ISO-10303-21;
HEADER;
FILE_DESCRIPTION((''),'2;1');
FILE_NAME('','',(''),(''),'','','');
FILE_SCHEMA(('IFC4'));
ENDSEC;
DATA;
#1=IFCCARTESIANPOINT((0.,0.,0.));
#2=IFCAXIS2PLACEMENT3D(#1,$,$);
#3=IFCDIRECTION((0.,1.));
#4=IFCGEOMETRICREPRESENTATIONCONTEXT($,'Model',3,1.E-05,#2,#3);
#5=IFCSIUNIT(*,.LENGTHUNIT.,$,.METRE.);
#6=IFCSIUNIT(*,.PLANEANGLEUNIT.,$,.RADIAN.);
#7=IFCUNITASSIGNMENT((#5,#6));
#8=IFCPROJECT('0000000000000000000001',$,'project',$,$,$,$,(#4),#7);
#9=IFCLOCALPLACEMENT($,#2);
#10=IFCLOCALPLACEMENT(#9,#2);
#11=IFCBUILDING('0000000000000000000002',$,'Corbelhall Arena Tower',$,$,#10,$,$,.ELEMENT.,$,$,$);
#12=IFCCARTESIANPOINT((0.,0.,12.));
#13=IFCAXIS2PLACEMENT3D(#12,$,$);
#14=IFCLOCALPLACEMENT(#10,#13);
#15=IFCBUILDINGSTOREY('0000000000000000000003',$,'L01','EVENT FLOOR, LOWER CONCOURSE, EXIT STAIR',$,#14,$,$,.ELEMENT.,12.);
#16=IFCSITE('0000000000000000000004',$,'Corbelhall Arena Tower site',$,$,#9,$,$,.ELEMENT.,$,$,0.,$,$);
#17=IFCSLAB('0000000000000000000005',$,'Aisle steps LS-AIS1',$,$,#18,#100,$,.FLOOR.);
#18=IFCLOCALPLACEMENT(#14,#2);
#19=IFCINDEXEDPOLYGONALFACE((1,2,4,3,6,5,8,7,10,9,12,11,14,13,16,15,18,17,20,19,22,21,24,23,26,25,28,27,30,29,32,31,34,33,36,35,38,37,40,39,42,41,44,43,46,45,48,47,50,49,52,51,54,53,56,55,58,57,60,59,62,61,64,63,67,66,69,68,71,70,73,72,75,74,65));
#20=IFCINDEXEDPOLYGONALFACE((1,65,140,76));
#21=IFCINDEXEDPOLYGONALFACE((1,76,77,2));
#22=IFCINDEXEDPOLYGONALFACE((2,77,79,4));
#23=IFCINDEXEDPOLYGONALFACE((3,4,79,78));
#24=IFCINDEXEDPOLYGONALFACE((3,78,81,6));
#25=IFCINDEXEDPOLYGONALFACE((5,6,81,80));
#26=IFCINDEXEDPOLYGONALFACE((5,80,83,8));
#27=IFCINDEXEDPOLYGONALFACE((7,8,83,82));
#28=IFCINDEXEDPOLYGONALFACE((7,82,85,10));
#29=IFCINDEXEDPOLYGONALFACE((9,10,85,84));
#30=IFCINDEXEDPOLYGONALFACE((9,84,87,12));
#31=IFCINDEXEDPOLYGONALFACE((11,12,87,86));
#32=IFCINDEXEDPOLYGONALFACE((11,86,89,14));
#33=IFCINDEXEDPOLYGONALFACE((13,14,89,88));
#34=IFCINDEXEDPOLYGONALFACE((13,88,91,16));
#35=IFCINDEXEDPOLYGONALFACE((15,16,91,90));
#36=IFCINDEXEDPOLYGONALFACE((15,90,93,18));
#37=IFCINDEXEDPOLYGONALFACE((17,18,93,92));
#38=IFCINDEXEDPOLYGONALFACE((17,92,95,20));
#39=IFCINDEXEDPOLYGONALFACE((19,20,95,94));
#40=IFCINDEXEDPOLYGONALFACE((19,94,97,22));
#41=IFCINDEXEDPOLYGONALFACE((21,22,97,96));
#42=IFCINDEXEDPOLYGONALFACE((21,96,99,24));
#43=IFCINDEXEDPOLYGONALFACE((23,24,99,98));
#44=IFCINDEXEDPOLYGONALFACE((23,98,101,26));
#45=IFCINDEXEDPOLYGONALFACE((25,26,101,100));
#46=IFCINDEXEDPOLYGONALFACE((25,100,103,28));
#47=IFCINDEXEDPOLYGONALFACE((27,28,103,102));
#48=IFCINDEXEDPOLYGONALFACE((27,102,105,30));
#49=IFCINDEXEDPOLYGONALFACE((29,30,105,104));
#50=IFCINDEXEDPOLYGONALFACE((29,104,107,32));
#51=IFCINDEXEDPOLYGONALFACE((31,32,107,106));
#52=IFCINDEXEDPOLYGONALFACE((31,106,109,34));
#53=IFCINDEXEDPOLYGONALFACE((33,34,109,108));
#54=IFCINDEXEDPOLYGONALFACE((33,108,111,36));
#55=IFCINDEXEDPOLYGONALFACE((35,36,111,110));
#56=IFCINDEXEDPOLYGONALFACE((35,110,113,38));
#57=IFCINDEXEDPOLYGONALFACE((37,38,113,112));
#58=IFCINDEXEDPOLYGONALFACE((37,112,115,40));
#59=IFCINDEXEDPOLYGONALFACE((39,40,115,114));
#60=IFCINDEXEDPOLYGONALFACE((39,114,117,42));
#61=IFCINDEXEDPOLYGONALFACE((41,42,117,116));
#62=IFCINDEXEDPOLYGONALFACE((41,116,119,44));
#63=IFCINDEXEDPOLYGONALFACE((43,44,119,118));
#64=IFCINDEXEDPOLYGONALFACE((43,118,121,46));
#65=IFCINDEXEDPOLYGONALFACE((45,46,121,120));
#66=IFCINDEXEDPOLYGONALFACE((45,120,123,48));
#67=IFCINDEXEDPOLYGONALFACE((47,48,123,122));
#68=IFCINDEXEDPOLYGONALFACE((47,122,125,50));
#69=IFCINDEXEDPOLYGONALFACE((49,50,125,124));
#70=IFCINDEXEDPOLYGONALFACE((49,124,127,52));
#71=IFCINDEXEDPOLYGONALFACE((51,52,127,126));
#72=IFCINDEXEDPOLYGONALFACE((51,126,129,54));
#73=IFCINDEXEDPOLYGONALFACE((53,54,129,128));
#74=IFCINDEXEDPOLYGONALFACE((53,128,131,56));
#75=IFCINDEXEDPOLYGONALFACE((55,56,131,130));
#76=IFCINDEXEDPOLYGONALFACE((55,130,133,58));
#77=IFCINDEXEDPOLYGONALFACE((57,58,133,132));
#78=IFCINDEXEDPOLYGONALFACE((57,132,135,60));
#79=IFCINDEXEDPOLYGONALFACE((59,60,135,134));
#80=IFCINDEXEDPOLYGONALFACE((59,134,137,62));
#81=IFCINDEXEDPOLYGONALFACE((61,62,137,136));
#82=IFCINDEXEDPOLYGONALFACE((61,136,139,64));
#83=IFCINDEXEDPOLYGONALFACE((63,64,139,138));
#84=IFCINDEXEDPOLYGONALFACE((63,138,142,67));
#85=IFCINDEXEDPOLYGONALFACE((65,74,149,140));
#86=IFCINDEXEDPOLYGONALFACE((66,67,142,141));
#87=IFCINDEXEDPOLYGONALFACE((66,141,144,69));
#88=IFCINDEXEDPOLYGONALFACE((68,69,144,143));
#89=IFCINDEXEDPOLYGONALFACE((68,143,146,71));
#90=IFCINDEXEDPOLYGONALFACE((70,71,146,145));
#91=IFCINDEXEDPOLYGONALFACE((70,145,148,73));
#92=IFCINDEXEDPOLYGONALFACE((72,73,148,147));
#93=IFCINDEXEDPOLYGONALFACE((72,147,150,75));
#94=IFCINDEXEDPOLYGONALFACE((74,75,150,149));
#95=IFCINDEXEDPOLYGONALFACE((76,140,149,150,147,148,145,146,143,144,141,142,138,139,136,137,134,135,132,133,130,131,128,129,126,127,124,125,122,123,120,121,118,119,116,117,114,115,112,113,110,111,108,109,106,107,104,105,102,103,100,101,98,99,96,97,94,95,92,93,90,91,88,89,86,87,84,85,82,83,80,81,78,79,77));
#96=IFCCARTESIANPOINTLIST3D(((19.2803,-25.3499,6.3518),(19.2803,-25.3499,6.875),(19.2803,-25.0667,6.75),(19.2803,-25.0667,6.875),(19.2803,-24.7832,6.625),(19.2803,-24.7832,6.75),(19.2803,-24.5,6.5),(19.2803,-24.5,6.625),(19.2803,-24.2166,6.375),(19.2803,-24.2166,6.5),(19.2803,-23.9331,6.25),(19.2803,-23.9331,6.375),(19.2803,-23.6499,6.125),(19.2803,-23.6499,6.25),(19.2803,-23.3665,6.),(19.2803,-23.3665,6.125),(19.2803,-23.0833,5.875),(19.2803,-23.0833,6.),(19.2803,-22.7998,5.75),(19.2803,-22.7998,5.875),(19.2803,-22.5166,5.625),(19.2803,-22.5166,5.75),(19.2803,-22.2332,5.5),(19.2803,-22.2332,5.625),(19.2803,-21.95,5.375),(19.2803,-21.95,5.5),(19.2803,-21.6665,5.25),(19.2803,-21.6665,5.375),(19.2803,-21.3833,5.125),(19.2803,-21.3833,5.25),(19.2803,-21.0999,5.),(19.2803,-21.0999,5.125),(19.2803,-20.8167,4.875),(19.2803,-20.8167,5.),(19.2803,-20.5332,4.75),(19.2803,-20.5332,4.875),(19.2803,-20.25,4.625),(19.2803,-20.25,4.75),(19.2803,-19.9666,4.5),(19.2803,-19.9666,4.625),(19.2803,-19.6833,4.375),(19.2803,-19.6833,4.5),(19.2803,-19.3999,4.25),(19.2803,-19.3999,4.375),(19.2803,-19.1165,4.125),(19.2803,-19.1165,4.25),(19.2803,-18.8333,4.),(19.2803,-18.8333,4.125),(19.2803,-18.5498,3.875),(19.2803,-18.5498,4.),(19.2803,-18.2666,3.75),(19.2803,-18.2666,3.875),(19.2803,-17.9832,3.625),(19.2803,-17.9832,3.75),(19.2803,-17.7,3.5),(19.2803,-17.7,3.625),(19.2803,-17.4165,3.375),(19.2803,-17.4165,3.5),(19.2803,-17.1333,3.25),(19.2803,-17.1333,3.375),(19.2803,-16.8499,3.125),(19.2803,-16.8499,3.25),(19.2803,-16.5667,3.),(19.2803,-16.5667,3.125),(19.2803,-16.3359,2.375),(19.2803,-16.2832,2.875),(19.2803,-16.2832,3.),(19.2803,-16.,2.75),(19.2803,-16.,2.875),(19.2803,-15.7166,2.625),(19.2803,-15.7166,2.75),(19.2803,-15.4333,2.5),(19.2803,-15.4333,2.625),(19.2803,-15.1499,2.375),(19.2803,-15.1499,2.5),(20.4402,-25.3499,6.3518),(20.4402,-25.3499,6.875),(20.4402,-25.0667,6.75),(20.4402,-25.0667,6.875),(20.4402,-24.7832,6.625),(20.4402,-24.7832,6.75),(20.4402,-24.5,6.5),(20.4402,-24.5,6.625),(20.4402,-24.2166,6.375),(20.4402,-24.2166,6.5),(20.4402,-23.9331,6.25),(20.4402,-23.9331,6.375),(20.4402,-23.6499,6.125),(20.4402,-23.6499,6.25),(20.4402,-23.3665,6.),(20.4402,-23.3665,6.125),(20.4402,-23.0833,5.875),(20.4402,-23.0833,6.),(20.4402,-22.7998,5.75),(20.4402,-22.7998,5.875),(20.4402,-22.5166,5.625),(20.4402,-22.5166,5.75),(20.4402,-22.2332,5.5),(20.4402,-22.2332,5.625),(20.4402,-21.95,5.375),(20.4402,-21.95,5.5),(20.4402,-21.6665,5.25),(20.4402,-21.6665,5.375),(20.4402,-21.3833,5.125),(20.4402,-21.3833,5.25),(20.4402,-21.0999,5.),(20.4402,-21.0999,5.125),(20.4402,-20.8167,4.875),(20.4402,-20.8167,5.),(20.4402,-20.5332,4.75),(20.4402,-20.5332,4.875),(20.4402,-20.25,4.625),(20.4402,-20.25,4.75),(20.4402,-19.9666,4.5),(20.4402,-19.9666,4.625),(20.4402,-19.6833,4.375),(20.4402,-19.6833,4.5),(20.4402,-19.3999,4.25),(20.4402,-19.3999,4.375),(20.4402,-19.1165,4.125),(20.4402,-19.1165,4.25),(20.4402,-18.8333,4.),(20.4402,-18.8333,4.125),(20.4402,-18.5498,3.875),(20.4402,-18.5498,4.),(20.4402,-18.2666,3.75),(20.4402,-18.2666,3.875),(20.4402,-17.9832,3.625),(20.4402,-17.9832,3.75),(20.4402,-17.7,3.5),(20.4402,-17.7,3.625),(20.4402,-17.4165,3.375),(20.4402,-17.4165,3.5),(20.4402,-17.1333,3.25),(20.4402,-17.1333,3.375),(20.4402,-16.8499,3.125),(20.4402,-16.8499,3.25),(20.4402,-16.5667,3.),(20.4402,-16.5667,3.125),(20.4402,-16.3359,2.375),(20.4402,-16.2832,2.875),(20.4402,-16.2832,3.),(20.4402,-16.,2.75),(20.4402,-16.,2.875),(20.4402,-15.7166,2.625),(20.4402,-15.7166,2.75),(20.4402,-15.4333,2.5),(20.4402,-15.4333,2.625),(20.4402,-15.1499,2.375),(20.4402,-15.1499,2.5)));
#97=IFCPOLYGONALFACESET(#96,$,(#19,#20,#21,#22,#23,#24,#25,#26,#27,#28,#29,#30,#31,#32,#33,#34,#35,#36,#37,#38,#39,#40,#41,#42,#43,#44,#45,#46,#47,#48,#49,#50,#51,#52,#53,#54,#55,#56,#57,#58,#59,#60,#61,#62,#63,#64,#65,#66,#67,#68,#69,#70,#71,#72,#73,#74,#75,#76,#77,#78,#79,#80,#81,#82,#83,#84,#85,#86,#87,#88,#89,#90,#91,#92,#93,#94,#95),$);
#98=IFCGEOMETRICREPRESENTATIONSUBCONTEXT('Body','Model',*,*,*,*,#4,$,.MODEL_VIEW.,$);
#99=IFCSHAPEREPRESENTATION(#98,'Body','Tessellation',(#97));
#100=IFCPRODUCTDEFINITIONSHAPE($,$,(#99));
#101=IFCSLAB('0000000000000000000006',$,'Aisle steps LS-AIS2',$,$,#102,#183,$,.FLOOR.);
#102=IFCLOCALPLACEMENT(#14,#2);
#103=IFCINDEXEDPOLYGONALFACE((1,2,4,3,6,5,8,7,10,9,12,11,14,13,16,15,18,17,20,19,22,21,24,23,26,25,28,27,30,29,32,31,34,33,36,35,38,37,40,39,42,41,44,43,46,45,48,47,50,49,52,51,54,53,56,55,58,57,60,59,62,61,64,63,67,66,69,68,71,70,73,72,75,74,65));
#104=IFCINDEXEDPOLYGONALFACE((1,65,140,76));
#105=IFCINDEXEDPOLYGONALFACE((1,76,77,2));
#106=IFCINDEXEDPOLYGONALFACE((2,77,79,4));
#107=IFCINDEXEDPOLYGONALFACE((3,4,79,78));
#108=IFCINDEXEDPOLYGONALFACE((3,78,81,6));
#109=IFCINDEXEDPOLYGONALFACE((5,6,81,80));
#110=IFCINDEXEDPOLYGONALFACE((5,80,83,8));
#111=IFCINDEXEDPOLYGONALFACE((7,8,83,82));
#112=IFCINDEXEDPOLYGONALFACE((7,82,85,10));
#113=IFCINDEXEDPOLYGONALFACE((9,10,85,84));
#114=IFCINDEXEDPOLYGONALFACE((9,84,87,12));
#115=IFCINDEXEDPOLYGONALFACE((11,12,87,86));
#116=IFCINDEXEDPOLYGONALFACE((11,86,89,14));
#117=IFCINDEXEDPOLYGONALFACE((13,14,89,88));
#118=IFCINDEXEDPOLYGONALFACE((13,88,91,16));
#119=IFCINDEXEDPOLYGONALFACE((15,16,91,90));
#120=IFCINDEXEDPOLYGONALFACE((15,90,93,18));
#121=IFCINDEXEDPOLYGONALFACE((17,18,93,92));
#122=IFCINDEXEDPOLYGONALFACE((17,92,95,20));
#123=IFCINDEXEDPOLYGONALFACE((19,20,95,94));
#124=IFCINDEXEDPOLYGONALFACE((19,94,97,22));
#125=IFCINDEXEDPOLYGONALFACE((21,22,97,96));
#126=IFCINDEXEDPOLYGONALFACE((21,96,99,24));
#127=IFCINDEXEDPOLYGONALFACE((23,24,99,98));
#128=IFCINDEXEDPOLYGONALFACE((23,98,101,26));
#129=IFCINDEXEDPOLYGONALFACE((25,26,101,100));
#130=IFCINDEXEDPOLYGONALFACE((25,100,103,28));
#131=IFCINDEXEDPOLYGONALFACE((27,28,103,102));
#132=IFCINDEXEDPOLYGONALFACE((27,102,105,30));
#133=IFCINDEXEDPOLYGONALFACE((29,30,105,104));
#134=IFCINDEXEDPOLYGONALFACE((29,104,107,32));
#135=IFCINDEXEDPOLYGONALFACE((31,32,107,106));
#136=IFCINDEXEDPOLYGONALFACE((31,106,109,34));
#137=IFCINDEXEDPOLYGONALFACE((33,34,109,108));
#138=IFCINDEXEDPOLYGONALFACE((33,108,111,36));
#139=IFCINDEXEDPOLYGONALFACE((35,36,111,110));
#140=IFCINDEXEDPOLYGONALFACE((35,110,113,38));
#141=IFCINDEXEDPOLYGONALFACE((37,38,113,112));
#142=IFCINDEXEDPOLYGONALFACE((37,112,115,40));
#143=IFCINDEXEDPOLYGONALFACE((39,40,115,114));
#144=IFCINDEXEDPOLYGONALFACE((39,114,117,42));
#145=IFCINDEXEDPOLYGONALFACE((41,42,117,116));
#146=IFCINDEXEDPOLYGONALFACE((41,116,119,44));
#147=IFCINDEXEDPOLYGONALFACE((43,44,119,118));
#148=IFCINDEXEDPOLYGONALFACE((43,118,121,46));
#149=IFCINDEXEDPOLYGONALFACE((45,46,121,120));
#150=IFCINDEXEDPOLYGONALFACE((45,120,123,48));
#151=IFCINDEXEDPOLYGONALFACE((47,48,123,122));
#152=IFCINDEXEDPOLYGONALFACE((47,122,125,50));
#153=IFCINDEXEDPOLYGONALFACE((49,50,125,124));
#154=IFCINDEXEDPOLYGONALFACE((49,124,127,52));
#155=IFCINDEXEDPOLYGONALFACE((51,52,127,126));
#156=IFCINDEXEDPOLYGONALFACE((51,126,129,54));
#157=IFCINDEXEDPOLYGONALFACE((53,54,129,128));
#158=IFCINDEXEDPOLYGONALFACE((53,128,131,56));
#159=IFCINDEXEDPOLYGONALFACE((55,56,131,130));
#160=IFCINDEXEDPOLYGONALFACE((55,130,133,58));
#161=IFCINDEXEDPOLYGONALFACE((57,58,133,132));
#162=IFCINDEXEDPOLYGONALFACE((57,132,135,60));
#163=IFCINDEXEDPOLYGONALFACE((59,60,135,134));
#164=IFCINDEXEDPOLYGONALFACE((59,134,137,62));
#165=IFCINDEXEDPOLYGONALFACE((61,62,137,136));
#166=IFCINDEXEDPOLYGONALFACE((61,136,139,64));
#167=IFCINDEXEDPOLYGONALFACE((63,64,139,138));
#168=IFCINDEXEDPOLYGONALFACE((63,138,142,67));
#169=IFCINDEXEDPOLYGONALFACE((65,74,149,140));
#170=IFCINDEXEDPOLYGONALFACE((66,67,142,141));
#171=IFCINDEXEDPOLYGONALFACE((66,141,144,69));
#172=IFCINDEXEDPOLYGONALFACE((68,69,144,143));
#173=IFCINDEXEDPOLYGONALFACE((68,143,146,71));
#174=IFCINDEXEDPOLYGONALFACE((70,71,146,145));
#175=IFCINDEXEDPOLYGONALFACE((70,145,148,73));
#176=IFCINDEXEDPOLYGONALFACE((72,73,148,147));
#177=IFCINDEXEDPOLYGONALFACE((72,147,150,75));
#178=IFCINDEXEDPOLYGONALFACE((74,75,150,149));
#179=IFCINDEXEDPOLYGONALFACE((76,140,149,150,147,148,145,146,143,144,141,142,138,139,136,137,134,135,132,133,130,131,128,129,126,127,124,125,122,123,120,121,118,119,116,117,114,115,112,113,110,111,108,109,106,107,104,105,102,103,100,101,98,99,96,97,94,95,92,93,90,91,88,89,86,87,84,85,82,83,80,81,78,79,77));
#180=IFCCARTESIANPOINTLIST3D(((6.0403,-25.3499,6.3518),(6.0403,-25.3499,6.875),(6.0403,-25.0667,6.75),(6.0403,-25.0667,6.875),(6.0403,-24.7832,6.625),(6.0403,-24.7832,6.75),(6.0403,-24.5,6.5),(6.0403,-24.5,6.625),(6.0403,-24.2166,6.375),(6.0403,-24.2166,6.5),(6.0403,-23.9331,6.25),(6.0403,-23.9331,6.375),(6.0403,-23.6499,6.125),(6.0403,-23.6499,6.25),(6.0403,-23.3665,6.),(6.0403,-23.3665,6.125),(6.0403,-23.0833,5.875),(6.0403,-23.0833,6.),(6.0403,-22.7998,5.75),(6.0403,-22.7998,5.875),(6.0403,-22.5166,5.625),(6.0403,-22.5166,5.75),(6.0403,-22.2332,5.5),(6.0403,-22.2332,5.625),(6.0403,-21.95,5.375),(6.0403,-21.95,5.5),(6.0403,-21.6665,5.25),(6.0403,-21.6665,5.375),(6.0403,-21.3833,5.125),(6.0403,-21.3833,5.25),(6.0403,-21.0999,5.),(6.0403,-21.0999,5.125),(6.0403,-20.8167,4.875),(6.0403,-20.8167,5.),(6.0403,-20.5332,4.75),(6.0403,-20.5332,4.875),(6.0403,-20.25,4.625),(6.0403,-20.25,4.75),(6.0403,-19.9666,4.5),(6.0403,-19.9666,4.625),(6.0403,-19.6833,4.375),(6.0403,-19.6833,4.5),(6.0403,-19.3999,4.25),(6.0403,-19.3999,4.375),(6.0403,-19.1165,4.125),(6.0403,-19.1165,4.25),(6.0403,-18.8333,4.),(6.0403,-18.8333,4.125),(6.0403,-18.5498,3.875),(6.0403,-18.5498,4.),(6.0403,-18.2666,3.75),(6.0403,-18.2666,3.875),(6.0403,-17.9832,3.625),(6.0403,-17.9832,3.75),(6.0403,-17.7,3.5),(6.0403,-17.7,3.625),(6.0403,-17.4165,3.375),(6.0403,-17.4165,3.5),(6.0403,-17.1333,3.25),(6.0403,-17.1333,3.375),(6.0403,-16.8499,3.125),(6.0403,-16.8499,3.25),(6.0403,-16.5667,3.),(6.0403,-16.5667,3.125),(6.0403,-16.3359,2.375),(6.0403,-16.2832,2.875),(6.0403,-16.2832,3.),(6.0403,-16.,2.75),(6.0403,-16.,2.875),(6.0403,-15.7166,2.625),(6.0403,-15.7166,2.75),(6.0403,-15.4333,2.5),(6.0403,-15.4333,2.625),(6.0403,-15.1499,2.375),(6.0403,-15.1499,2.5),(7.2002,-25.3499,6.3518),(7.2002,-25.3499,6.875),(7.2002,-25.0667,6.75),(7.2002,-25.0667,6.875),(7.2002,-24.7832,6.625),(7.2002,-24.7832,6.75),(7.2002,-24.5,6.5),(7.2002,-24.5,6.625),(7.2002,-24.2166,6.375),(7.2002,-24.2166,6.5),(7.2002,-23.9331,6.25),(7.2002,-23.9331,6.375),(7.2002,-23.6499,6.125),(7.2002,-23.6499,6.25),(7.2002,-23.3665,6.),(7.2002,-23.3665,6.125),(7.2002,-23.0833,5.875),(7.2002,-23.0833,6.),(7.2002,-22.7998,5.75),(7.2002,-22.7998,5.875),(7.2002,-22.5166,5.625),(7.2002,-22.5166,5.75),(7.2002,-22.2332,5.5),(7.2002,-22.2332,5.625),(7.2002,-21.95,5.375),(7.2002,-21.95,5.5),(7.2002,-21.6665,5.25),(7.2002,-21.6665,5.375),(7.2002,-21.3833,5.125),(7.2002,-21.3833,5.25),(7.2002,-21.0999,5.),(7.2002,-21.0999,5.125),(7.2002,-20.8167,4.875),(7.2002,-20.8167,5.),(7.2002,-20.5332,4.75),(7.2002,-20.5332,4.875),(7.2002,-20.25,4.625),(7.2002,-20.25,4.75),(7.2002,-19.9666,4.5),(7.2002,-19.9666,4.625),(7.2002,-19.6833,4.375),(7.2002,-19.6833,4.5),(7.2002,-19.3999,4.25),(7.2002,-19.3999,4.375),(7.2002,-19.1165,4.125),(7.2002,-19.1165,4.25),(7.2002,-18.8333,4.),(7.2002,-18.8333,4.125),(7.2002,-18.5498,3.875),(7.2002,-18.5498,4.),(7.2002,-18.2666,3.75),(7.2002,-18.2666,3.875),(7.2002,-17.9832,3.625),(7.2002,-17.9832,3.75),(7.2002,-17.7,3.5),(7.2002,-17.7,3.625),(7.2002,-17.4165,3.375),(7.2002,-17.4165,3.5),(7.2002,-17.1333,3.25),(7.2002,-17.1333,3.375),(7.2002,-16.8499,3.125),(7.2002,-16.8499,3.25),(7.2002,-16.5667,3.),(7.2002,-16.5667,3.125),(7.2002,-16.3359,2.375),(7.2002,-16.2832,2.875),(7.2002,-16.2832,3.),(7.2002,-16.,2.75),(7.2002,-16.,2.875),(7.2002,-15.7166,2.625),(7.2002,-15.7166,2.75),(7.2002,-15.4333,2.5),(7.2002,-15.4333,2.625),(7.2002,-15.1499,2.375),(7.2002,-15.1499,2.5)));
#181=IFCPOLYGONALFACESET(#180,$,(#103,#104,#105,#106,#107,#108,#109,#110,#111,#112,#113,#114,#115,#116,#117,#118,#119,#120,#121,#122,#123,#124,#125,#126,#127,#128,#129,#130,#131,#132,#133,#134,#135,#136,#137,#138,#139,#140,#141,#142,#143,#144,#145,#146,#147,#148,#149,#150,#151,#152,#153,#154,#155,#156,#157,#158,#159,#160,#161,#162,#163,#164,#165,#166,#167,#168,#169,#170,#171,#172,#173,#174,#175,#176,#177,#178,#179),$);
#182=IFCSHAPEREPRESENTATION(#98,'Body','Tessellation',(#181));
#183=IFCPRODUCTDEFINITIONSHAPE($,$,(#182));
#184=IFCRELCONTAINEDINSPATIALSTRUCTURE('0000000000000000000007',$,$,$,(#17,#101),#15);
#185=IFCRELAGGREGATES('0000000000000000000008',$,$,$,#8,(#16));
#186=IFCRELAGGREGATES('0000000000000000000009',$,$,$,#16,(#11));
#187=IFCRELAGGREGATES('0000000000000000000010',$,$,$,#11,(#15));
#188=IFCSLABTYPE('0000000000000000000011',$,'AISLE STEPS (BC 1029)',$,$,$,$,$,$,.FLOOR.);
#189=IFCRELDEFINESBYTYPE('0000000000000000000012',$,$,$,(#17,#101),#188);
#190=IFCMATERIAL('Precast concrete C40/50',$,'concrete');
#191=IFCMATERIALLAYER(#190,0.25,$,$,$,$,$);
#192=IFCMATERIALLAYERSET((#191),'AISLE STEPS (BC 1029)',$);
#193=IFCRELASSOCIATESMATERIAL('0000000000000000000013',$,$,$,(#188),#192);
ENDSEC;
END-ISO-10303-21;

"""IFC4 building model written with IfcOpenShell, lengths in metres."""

from ifc_helpers import new_model, si_unit, direction, frame, origin, place, context, subcontext, project, spatial, polyline, outline, extrude, material, layer, layer_set, type_object, element, save


model = new_model("IFC4")

# Units and contexts
model_context = context("Model", 3, precision=1e-05, world=origin(), true_north=direction((0.0, 1.0)))
body_context = subcontext(model_context, "Body", "Model", "MODEL_VIEW")
ifc_project = project(units=[si_unit("LENGTHUNIT", "METRE"), si_unit("PLANEANGLEUNIT", "RADIAN")], contexts=[model_context])

# Site, building, storey
site_placement = place(None, origin())
site = spatial("IfcSite", under=ifc_project, at=site_placement, Name="Corbelhall Arena Tower site", CompositionType="ELEMENT", RefElevation=0.0)
building_placement = place(site_placement, origin())
building = spatial("IfcBuilding", under=site, at=building_placement, Name="Corbelhall Arena Tower", CompositionType="ELEMENT")
storey_placement = place(building_placement, frame((0.0, 0.0, 12.0)))
storey = spatial("IfcBuildingStorey", under=building, at=storey_placement, Name="L01", Description="EVENT FLOOR, LOWER CONCOURSE, EXIT STAIR", CompositionType="ELEMENT", Elevation=12.0)

# Slabs
ifc_material_1 = material(Name="Precast concrete C40/50", Category="concrete")
ifc_layer_1 = layer(ifc_material_1, 0.25)
ifc_layer_set_1 = layer_set([ifc_layer_1], Name="AISLE STEPS (BC 1029)")
slab_type_1 = type_object("IfcSlabType", Name="AISLE STEPS (BC 1029)", PredefinedType="FLOOR", material=ifc_layer_set_1)
slab_1_placement = place(storey_placement, frame((19.8601, -15.1499, 2.375), z_axis=(0.0, 0.0, 1.0), x_axis=(0.0, -1.0, 0.0)))
element("IfcSlab", 1, at=slab_1_placement, inside=storey, type_object=slab_type_1, Name="Aisle steps LS-AIS1", PredefinedType="FLOOR", context=body_context, shape_type="SweptSolid", body=[
    extrude(outline(polyline([(0.0, 0.0), (0.0, 0.125), (0.2834, 0.125), (0.2834, 0.25), (0.5667, 0.25), (0.5667, 0.375), (0.8501, 0.375), (0.8501, 0.5), (1.1333, 0.5), (1.1333, 0.625), (1.4167, 0.625), (1.4167, 0.75), (1.7, 0.75), (1.7, 0.875), (1.9834, 0.875), (1.9834, 1.0), (2.2666, 1.0), (2.2666, 1.125), (2.55, 1.125), (2.55, 1.25), (2.8333, 1.25), (2.8333, 1.375), (3.1167, 1.375), (3.1167, 1.5), (3.3999, 1.5), (3.3999, 1.625), (3.6833, 1.625), (3.6833, 1.75), (3.9666, 1.75), (3.9666, 1.875), (4.25, 1.875), (4.25, 2.0), (4.5334, 2.0), (4.5334, 2.125), (4.8167, 2.125), (4.8167, 2.25), (5.1001, 2.25), (5.1001, 2.375), (5.3833, 2.375), (5.3833, 2.5), (5.6667, 2.5), (5.6667, 2.625), (5.95, 2.625), (5.95, 2.75), (6.2334, 2.75), (6.2334, 2.875), (6.5166, 2.875), (6.5166, 3.0), (6.8, 3.0), (6.8, 3.125), (7.0833, 3.125), (7.0833, 3.25), (7.3667, 3.25), (7.3667, 3.375), (7.6499, 3.375), (7.6499, 3.5), (7.9333, 3.5), (7.9333, 3.625), (8.2166, 3.625), (8.2166, 3.75), (8.5, 3.75), (8.5, 3.875), (8.7832, 3.875), (8.7832, 4.0), (9.0667, 4.0), (9.0667, 4.125), (9.3501, 4.125), (9.3501, 4.25), (9.6333, 4.25), (9.6333, 4.375), (9.9167, 4.375), (9.9167, 4.5), (10.2, 4.5), (10.2, 4.625), (10.2, 3.9768), (1.186, 0.0), (0.0, 0.0)])), frame((0.0, 0.5801, 0.0), z_axis=(0.0, -1.0, 0.0), x_axis=(1.0, 0.0, 0.0)), (0.0, 0.0, 1.0), 1.1599),
])
slab_2_placement = place(storey_placement, frame((6.6201, -15.1499, 2.375), z_axis=(0.0, 0.0, 1.0), x_axis=(0.0, -1.0, 0.0)))
element("IfcSlab", 2, at=slab_2_placement, inside=storey, type_object=slab_type_1, Name="Aisle steps LS-AIS2", PredefinedType="FLOOR", context=body_context, shape_type="SweptSolid", body=[
    extrude(outline(polyline([(0.0, 0.0), (0.0, 0.125), (0.2834, 0.125), (0.2834, 0.25), (0.5667, 0.25), (0.5667, 0.375), (0.8501, 0.375), (0.8501, 0.5), (1.1333, 0.5), (1.1333, 0.625), (1.4167, 0.625), (1.4167, 0.75), (1.7, 0.75), (1.7, 0.875), (1.9834, 0.875), (1.9834, 1.0), (2.2666, 1.0), (2.2666, 1.125), (2.55, 1.125), (2.55, 1.25), (2.8333, 1.25), (2.8333, 1.375), (3.1167, 1.375), (3.1167, 1.5), (3.3999, 1.5), (3.3999, 1.625), (3.6833, 1.625), (3.6833, 1.75), (3.9666, 1.75), (3.9666, 1.875), (4.25, 1.875), (4.25, 2.0), (4.5334, 2.0), (4.5334, 2.125), (4.8167, 2.125), (4.8167, 2.25), (5.1001, 2.25), (5.1001, 2.375), (5.3833, 2.375), (5.3833, 2.5), (5.6667, 2.5), (5.6667, 2.625), (5.95, 2.625), (5.95, 2.75), (6.2334, 2.75), (6.2334, 2.875), (6.5166, 2.875), (6.5166, 3.0), (6.8, 3.0), (6.8, 3.125), (7.0833, 3.125), (7.0833, 3.25), (7.3667, 3.25), (7.3667, 3.375), (7.6499, 3.375), (7.6499, 3.5), (7.9333, 3.5), (7.9333, 3.625), (8.2166, 3.625), (8.2166, 3.75), (8.5, 3.75), (8.5, 3.875), (8.7832, 3.875), (8.7832, 4.0), (9.0667, 4.0), (9.0667, 4.125), (9.3501, 4.125), (9.3501, 4.25), (9.6333, 4.25), (9.6333, 4.375), (9.9167, 4.375), (9.9167, 4.5), (10.2, 4.5), (10.2, 4.625), (10.2, 3.9768), (1.186, 0.0), (0.0, 0.0)])), frame((0.0, 0.5801, 0.0), z_axis=(0.0, -1.0, 0.0), x_axis=(1.0, 0.0, 0.0)), (0.0, 0.0, 1.0), 1.1599),
])

save(model, "model.ifc")
